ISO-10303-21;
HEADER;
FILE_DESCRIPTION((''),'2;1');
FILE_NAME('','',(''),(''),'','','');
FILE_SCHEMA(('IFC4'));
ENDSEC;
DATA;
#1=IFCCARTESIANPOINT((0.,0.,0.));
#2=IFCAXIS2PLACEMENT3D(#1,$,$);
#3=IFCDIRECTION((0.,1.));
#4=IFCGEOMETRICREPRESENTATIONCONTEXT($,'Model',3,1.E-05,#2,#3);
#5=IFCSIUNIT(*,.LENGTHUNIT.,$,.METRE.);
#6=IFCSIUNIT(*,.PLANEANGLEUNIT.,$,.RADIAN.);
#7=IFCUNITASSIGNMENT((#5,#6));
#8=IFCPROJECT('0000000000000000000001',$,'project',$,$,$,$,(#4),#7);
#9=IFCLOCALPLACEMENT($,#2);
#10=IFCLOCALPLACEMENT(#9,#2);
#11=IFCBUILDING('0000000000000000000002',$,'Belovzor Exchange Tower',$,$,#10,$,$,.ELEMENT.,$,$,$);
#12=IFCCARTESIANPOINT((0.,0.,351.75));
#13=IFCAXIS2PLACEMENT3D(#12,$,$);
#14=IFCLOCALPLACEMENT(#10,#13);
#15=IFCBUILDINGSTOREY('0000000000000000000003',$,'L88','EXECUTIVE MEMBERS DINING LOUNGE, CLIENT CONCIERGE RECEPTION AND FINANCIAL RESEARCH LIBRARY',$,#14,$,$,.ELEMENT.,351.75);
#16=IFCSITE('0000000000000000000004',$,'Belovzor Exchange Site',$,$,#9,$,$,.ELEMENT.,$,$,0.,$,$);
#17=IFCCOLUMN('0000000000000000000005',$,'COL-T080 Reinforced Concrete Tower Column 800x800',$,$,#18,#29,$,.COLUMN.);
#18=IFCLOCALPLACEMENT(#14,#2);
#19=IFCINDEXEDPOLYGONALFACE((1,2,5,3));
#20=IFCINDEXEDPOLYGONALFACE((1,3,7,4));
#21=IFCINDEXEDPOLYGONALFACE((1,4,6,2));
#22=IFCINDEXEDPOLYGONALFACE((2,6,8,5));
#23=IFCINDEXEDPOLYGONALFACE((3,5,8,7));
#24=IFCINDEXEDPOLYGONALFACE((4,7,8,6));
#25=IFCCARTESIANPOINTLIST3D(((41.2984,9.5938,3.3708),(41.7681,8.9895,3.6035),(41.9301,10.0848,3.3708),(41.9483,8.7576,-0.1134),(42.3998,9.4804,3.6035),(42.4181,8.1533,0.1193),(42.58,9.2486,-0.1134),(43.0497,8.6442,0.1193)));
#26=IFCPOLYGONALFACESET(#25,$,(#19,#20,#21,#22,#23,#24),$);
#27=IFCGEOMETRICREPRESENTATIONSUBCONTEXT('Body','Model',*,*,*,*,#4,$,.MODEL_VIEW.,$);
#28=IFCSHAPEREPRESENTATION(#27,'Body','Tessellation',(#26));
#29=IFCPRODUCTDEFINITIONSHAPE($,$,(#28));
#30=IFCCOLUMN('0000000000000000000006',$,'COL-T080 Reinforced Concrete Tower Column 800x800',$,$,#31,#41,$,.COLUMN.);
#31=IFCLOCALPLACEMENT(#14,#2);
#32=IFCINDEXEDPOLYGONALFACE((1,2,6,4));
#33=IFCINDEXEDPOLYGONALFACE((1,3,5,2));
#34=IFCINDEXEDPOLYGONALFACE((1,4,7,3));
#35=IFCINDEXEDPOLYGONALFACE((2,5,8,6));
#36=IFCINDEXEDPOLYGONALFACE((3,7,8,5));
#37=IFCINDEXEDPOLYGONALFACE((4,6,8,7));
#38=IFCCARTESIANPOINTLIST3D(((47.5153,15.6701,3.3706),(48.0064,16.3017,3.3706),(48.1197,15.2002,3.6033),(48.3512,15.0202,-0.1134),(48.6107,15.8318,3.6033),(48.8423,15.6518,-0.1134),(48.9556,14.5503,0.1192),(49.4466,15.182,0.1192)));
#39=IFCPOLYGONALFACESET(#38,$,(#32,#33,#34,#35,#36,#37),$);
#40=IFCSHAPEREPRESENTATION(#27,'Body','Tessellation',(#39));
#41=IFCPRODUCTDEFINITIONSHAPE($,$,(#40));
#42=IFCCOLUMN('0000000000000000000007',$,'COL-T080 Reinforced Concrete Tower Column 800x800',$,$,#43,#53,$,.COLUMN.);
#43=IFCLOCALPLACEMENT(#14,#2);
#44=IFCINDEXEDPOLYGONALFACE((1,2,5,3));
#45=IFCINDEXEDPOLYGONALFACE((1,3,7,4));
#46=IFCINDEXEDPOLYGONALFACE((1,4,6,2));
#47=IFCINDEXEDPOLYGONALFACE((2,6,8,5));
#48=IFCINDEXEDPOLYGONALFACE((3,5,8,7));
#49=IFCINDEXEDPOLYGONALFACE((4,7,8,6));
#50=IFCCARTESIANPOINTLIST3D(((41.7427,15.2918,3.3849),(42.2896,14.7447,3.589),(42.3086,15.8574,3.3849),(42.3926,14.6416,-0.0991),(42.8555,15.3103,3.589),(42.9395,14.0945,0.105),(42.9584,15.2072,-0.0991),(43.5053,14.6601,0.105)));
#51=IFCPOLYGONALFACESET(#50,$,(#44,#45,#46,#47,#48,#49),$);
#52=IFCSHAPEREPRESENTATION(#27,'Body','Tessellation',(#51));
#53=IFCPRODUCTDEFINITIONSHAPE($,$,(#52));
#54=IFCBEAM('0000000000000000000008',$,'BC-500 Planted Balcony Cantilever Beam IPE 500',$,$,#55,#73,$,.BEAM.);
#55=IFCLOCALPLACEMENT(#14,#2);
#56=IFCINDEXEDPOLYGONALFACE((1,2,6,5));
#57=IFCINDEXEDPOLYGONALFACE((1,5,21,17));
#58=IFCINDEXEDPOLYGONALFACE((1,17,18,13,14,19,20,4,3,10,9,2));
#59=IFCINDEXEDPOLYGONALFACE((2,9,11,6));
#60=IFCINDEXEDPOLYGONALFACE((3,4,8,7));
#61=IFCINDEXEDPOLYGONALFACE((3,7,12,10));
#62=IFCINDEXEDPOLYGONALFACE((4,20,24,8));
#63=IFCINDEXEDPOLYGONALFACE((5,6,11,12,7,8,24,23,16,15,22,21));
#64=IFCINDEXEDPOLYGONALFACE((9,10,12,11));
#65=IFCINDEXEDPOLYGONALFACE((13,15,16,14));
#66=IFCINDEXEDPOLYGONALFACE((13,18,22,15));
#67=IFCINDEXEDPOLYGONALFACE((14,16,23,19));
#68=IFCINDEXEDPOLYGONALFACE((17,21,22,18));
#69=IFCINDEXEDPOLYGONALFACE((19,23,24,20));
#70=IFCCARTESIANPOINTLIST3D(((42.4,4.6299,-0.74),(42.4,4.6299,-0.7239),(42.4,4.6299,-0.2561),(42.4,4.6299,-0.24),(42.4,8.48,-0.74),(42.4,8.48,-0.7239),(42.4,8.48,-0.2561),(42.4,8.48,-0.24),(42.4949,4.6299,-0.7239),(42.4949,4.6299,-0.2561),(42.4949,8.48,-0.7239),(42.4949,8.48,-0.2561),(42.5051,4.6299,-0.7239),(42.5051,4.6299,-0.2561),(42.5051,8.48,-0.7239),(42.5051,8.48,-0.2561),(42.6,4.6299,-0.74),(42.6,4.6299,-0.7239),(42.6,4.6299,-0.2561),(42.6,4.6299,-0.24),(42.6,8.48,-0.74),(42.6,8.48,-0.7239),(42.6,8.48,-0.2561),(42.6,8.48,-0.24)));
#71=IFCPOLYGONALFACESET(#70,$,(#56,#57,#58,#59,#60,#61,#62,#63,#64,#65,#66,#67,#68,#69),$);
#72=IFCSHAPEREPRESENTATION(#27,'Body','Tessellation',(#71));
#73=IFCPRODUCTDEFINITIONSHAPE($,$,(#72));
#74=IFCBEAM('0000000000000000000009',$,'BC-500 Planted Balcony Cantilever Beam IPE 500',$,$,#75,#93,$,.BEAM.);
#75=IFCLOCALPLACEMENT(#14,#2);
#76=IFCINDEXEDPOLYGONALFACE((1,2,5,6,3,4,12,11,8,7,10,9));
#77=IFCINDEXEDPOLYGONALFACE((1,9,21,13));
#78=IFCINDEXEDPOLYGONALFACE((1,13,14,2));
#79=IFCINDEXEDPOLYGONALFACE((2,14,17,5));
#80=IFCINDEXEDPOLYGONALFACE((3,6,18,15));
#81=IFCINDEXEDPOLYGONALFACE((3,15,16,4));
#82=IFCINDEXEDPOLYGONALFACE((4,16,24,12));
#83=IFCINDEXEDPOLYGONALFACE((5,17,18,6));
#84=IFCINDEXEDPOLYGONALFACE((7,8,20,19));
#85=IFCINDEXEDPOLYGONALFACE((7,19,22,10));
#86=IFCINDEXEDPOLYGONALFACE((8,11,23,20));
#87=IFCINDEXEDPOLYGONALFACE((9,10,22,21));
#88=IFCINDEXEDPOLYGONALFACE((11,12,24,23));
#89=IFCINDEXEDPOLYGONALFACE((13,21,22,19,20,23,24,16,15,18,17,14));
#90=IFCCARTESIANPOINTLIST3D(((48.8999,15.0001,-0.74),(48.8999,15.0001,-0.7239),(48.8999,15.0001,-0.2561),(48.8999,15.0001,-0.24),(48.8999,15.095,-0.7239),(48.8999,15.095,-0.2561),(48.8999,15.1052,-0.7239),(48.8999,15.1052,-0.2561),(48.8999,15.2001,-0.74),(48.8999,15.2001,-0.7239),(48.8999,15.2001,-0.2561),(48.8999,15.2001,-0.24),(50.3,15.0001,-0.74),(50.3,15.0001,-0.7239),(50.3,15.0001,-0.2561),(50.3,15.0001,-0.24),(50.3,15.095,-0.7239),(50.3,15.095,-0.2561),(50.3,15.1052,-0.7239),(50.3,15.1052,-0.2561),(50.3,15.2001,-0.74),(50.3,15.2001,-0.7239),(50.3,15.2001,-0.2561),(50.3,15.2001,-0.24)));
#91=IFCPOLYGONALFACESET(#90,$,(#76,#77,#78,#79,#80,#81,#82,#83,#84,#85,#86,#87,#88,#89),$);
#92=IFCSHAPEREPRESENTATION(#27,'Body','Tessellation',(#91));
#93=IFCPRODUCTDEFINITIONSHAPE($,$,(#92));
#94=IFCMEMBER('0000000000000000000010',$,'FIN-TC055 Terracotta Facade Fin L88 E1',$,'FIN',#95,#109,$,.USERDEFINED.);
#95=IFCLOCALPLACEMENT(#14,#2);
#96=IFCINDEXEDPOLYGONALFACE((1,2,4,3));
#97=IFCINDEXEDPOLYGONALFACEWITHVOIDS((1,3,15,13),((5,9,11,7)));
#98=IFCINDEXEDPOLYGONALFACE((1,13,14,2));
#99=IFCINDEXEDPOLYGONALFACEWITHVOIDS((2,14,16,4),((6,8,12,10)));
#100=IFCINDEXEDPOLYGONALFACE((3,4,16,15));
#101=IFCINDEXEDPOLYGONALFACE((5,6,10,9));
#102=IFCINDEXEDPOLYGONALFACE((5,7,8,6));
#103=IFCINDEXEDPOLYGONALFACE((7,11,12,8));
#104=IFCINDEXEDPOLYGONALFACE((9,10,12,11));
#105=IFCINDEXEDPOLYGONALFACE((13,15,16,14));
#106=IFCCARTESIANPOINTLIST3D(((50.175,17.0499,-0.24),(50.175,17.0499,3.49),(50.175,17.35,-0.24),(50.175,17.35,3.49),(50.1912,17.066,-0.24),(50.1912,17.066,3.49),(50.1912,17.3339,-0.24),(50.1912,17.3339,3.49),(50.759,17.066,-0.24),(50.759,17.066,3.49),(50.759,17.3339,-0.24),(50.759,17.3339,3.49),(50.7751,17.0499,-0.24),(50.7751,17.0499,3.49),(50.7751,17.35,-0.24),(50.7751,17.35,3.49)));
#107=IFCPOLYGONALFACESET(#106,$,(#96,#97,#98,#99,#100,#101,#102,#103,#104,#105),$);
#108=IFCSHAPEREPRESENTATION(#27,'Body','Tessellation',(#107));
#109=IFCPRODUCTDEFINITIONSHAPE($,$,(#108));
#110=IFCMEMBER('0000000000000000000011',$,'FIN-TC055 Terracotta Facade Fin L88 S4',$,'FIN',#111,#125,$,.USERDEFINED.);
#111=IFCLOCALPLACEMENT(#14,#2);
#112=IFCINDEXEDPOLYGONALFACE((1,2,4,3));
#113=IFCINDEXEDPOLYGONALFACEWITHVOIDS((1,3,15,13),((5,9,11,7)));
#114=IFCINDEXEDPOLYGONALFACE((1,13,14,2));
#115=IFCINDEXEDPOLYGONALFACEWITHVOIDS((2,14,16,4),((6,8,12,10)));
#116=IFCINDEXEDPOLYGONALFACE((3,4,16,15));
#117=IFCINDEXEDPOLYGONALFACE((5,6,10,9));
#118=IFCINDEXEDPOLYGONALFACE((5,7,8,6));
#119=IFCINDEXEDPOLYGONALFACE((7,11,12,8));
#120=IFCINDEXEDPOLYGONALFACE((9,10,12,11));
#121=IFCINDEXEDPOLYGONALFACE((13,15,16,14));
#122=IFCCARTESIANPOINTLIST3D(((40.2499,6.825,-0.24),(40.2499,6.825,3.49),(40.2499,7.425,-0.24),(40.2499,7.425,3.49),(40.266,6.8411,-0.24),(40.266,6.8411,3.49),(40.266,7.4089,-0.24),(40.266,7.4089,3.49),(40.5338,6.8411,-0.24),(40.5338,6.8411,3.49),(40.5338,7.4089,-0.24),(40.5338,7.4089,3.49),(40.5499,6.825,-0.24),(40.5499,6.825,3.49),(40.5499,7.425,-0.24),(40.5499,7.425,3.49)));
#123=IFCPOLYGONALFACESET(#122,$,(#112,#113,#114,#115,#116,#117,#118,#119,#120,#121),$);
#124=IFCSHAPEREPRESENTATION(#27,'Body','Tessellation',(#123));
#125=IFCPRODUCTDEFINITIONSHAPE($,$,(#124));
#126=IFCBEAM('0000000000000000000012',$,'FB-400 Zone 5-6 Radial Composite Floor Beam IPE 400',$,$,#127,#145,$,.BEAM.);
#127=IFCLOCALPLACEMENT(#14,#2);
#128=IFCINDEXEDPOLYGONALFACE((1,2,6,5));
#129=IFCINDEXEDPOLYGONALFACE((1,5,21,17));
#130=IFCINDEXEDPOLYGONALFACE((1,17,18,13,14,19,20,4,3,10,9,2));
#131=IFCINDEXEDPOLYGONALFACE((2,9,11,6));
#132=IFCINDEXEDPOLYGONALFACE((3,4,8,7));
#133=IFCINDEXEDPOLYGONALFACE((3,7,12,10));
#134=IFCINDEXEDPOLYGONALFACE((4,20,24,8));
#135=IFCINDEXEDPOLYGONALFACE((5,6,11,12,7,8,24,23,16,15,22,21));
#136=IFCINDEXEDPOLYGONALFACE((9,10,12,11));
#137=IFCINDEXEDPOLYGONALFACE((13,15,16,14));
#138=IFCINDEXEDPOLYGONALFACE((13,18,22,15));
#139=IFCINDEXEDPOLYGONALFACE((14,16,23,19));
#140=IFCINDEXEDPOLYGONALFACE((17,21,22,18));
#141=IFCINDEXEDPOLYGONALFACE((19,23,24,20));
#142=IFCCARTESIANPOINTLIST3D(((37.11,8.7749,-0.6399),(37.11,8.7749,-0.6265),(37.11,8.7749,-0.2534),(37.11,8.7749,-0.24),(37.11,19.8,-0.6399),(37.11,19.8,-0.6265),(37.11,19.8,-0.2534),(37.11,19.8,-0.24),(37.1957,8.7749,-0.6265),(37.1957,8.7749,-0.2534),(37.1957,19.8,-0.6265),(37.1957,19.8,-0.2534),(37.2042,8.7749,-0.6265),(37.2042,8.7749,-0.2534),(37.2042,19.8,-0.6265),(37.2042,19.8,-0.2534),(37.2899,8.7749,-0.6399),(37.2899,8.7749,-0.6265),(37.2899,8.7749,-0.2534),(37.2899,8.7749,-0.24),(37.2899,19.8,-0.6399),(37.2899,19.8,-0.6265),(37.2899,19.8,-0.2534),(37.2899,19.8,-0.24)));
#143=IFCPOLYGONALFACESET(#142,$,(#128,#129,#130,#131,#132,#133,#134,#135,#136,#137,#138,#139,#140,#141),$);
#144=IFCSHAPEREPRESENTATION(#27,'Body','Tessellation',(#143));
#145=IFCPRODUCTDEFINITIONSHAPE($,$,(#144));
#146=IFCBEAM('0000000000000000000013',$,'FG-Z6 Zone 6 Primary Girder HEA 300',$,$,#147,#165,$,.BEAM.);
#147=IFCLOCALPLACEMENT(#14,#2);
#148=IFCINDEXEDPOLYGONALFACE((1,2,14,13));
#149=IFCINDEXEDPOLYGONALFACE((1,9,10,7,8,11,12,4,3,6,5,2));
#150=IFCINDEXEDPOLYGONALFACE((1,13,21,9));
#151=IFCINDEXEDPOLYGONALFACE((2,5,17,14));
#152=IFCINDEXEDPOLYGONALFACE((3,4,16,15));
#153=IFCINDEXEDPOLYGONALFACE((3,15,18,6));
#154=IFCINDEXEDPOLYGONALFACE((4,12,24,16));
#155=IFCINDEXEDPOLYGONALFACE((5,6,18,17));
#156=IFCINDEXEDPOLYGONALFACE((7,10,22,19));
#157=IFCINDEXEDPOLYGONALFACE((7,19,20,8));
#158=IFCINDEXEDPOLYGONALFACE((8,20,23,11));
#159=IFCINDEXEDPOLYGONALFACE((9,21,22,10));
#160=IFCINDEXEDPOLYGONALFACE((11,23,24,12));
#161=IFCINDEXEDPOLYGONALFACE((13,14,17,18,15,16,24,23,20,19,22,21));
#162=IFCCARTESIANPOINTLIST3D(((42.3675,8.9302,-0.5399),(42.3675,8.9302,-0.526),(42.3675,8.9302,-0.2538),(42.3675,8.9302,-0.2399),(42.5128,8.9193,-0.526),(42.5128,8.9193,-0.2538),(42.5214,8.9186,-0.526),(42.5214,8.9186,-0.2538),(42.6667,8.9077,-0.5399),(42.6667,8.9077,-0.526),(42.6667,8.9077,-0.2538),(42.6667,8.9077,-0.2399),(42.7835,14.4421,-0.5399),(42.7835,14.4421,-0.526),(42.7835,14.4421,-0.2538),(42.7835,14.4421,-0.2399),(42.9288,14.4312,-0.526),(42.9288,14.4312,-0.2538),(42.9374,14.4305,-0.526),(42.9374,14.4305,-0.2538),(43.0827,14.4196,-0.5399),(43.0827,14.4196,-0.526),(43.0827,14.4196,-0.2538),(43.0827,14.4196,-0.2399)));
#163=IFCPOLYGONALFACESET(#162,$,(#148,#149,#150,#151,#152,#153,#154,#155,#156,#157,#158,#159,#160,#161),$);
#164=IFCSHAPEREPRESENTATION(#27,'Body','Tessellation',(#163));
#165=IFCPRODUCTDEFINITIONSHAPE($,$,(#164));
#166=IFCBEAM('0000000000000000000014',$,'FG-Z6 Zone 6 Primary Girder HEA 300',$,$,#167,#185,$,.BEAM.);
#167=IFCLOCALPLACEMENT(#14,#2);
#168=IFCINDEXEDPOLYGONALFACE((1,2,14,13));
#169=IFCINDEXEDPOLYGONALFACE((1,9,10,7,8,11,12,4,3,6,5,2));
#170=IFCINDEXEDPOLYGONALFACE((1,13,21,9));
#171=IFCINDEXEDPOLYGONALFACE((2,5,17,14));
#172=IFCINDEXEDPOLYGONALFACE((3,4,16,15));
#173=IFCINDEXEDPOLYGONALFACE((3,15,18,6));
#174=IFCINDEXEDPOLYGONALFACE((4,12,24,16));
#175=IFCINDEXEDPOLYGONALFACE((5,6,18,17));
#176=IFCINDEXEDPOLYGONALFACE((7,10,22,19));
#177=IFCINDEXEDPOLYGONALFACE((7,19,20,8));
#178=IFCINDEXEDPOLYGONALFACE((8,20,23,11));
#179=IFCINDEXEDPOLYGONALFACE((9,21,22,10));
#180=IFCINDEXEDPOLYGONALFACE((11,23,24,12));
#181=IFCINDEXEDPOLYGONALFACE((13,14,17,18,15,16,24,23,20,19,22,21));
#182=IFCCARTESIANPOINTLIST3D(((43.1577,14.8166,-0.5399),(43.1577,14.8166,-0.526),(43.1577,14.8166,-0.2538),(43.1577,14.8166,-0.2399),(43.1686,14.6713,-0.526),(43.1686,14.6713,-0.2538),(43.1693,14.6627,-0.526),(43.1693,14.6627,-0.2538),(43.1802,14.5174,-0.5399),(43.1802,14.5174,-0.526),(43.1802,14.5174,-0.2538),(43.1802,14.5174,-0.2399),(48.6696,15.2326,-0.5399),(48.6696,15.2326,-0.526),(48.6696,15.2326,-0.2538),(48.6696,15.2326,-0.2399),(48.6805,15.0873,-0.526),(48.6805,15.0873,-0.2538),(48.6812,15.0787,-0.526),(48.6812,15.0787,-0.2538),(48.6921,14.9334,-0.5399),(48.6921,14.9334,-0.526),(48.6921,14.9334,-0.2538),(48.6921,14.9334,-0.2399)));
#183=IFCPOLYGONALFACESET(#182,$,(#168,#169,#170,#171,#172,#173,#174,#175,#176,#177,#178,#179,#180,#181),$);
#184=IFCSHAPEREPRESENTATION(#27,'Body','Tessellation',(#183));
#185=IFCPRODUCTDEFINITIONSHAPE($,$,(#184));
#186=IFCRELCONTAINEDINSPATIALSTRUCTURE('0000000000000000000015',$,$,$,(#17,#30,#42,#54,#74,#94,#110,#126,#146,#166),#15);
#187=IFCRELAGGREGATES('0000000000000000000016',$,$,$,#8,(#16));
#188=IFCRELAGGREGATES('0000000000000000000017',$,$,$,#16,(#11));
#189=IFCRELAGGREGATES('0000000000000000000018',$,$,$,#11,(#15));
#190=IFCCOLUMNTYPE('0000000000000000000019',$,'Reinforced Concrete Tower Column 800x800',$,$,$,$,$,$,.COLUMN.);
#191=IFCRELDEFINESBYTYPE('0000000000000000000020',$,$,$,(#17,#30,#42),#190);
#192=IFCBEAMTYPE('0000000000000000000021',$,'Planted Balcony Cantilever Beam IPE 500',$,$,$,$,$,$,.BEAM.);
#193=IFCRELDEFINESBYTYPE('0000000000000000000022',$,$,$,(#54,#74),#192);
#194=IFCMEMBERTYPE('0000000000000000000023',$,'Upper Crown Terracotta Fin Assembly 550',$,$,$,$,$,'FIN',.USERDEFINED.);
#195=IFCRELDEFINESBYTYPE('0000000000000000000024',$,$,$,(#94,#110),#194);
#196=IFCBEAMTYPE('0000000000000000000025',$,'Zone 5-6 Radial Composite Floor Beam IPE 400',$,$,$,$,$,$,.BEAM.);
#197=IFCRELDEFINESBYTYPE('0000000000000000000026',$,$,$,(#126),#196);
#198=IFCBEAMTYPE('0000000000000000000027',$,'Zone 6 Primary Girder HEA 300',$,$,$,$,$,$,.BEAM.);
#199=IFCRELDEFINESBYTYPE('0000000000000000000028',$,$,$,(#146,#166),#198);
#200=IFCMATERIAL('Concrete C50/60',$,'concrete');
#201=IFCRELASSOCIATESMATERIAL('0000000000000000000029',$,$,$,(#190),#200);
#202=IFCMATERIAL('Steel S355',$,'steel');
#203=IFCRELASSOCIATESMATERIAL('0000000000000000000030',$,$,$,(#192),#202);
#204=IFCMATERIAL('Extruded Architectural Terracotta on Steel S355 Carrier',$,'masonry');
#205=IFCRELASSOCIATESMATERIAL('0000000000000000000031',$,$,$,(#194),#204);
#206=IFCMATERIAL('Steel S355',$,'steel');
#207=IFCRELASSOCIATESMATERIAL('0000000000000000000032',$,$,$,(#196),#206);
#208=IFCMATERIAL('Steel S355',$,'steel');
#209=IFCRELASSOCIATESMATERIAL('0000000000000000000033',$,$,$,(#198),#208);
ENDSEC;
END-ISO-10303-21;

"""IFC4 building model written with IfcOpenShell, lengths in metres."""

from ifc_helpers import new_model, si_unit, direction, frame, origin, origin_2d, place, context, subcontext, project, spatial, rectangle, hollow_rectangle, i_section, extrude, material, material_profile, profile_set, type_object, element, save


model = new_model("IFC4")

# Units and contexts
model_context = context("Model", 3, precision=1e-05, world=origin(), true_north=direction((0.0, 1.0)))
body_context = subcontext(model_context, "Body", "Model", "MODEL_VIEW")
ifc_project = project(units=[si_unit("LENGTHUNIT", "METRE"), si_unit("PLANEANGLEUNIT", "RADIAN")], contexts=[model_context])

# Site, building, storey
site_placement = place(None, origin())
site = spatial("IfcSite", under=ifc_project, at=site_placement, Name="Belovzor Exchange Site", CompositionType="ELEMENT", RefElevation=0.0)
building_placement = place(site_placement, origin())
building = spatial("IfcBuilding", under=site, at=building_placement, Name="Belovzor Exchange Tower", CompositionType="ELEMENT")
storey_placement = place(building_placement, frame((0.0, 0.0, 351.75)))
storey = spatial("IfcBuildingStorey", under=building, at=storey_placement, Name="L88", Description="EXECUTIVE MEMBERS DINING LOUNGE, CLIENT CONCIERGE RECEPTION AND FINANCIAL RESEARCH LIBRARY", CompositionType="ELEMENT", Elevation=351.75)

# Columns
ifc_material_1 = material(Name="Concrete C50/60", Category="concrete")
ifc_material_profile_1 = material_profile(ifc_material_1, rectangle(XDim=0.8, YDim=0.8, at=origin_2d()))
ifc_profile_set_1 = profile_set([ifc_material_profile_1], Name="Concrete C50/60")
column_type = type_object("IfcColumnType", Name="Reinforced Concrete Tower Column 800x800", PredefinedType="COLUMN", material=ifc_profile_set_1)
column_1_placement = place(storey_placement, frame((42.499, 8.7009, 0.0029), z_axis=(-0.17847, 0.229624, 0.956777), x_axis=(-0.789563, -0.613669, 0.0)))
element("IfcColumn", 1, at=column_1_placement, inside=storey, type_object=column_type, Name="COL-T080 Reinforced Concrete Tower Column 800x800", PredefinedType="COLUMN", context=body_context, shape_type="SweptSolid", body=[
    extrude(rectangle(XDim=0.8, YDim=0.8, at=origin_2d()), origin(), (0.0, 0.0, 1.0), 3.6416),
])
column_2_placement = place(storey_placement, frame((48.8989, 15.1011, 0.0029), z_axis=(-0.22956, 0.178472, 0.956791), x_axis=(-0.613781, -0.789476, 0.0)))
element("IfcColumn", 2, at=column_2_placement, inside=storey, type_object=column_type, Name="COL-T080 Reinforced Concrete Tower Column 800x800", PredefinedType="COLUMN", context=body_context, shape_type="SweptSolid", body=[
    extrude(rectangle(XDim=0.8, YDim=0.8, at=origin_2d()), origin(), (0.0, 0.0, 1.0), 3.6414),
])
column_3_placement = place(storey_placement, frame((42.949, 14.6509, 0.0029), z_axis=(-0.18036, 0.180428, 0.966911), x_axis=(-0.70724, -0.706974, 0.0)))
element("IfcColumn", 3, at=column_3_placement, inside=storey, type_object=column_type, Name="COL-T080 Reinforced Concrete Tower Column 800x800", PredefinedType="COLUMN", context=body_context, shape_type="SweptSolid", body=[
    extrude(rectangle(XDim=0.8, YDim=0.8, at=origin_2d()), origin(), (0.0, 0.0, 1.0), 3.6033),
])

# Beams
ifc_material_2 = material(Name="Steel S355", Category="steel")
ifc_material_profile_2 = material_profile(ifc_material_2, i_section(OverallWidth=0.2, OverallDepth=0.5, WebThickness=0.0103, FlangeThickness=0.0161, at=origin_2d()))
ifc_profile_set_2 = profile_set([ifc_material_profile_2], Name="Steel S355")
beam_type_1 = type_object("IfcBeamType", Name="Planted Balcony Cantilever Beam IPE 500", PredefinedType="BEAM", material=ifc_profile_set_2)
beam_1_placement = place(storey_placement, frame((42.5, 8.48, -0.49), z_axis=(0.0, -1.0, 0.0), x_axis=(1.0, 0.0, 0.0)))
element("IfcBeam", 4, at=beam_1_placement, inside=storey, type_object=beam_type_1, Name="BC-500 Planted Balcony Cantilever Beam IPE 500", PredefinedType="BEAM", context=body_context, shape_type="SweptSolid", body=[
    extrude(i_section(OverallWidth=0.2, OverallDepth=0.5, WebThickness=0.0103, FlangeThickness=0.0161, at=origin_2d()), origin(), (0.0, 0.0, 1.0), 3.8501),
])
beam_2_placement = place(storey_placement, frame((48.8999, 15.1001, -0.49), z_axis=(1.0, 0.0, 0.0), x_axis=(0.0, 1.0, 0.0)))
element("IfcBeam", 5, at=beam_2_placement, inside=storey, type_object=beam_type_1, Name="BC-500 Planted Balcony Cantilever Beam IPE 500", PredefinedType="BEAM", context=body_context, shape_type="SweptSolid", body=[
    extrude(i_section(OverallWidth=0.2, OverallDepth=0.5, WebThickness=0.0103, FlangeThickness=0.0161, at=origin_2d()), origin(), (0.0, 0.0, 1.0), 1.4001),
])

# Members
ifc_material_3 = material(Name="Extruded Architectural Terracotta on Steel S355 Carrier", Category="masonry")
ifc_material_profile_3 = material_profile(ifc_material_3, hollow_rectangle(XDim=0.3, YDim=0.6001, WallThickness=0.0161, at=origin_2d()))
ifc_profile_set_3 = profile_set([ifc_material_profile_3], Name="Extruded Architectural Terracotta on Steel S355 Carrier")
member_type = type_object("IfcMemberType", Name="Upper Crown Terracotta Fin Assembly 550", ElementType="FIN", PredefinedType="USERDEFINED", material=ifc_profile_set_3)
for number, where, z_axis, x_axis, name in (
    (6, (50.4751, 17.2, -0.24), (0.0, 0.0, 1.0), (0.0, 1.0, 0.0), "FIN-TC055 Terracotta Facade Fin L88 E1"),
    (7, (40.3999, 7.125, -0.24), (0.0, 0.0, 1.0), (1.0, 0.0, 0.0), "FIN-TC055 Terracotta Facade Fin L88 S4"),
):
    element("IfcMember", number, at=place(storey_placement, frame(where, z_axis=z_axis, x_axis=x_axis)), inside=storey, type_object=member_type, Name=name, ObjectType="FIN", PredefinedType="USERDEFINED", context=body_context, shape_type="SweptSolid", body=[
        extrude(hollow_rectangle(XDim=0.3, YDim=0.6001, WallThickness=0.0161, at=origin_2d()), origin(), (0.0, 0.0, 1.0), 3.73),
    ])

# Beams
ifc_material_4 = material(Name="Steel S355", Category="steel")
ifc_material_profile_4 = material_profile(ifc_material_4, i_section(OverallWidth=0.1799, OverallDepth=0.3999, WebThickness=0.0085, FlangeThickness=0.0134, at=origin_2d()))
ifc_profile_set_4 = profile_set([ifc_material_profile_4], Name="Steel S355")
beam_type_2 = type_object("IfcBeamType", Name="Zone 5-6 Radial Composite Floor Beam IPE 400", PredefinedType="BEAM", material=ifc_profile_set_4)
beam_3_placement = place(storey_placement, frame((37.2, 19.8, -0.4399), z_axis=(0.0, -1.0, 0.0), x_axis=(1.0, 0.0, 0.0)))
element("IfcBeam", 8, at=beam_3_placement, inside=storey, type_object=beam_type_2, Name="FB-400 Zone 5-6 Radial Composite Floor Beam IPE 400", PredefinedType="BEAM", context=body_context, shape_type="SweptSolid", body=[
    extrude(i_section(OverallWidth=0.1799, OverallDepth=0.3999, WebThickness=0.0085, FlangeThickness=0.0134, at=origin_2d()), origin(), (0.0, 0.0, 1.0), 11.0251),
])
ifc_material_5 = material(Name="Steel S355", Category="steel")
ifc_material_profile_5 = material_profile(ifc_material_5, i_section(OverallWidth=0.3, OverallDepth=0.3, WebThickness=0.0085, FlangeThickness=0.0139, at=origin_2d()))
ifc_profile_set_5 = profile_set([ifc_material_profile_5], Name="Steel S355")
beam_type_3 = type_object("IfcBeamType", Name="Zone 6 Primary Girder HEA 300", PredefinedType="BEAM", material=ifc_profile_set_5)
for number, where, z_axis, x_axis, name in (
    (9, (42.5171, 8.9189, -0.3899), (0.075261, 0.997164, 0.0), (-0.997164, 0.075261, 0.0), "FG-Z6 Zone 6 Primary Girder HEA 300"),
    (10, (43.1689, 14.667, -0.3899), (0.997164, 0.075261, 0.0), (-0.075261, 0.997164, 0.0), "FG-Z6 Zone 6 Primary Girder HEA 300"),
):
    element("IfcBeam", number, at=place(storey_placement, frame(where, z_axis=z_axis, x_axis=x_axis)), inside=storey, type_object=beam_type_3, Name=name, PredefinedType="BEAM", context=body_context, shape_type="SweptSolid", body=[
        extrude(i_section(OverallWidth=0.3, OverallDepth=0.3, WebThickness=0.0085, FlangeThickness=0.0139, at=origin_2d()), origin(), (0.0, 0.0, 1.0), 5.5276),
    ])

save(model, "model.ifc")
